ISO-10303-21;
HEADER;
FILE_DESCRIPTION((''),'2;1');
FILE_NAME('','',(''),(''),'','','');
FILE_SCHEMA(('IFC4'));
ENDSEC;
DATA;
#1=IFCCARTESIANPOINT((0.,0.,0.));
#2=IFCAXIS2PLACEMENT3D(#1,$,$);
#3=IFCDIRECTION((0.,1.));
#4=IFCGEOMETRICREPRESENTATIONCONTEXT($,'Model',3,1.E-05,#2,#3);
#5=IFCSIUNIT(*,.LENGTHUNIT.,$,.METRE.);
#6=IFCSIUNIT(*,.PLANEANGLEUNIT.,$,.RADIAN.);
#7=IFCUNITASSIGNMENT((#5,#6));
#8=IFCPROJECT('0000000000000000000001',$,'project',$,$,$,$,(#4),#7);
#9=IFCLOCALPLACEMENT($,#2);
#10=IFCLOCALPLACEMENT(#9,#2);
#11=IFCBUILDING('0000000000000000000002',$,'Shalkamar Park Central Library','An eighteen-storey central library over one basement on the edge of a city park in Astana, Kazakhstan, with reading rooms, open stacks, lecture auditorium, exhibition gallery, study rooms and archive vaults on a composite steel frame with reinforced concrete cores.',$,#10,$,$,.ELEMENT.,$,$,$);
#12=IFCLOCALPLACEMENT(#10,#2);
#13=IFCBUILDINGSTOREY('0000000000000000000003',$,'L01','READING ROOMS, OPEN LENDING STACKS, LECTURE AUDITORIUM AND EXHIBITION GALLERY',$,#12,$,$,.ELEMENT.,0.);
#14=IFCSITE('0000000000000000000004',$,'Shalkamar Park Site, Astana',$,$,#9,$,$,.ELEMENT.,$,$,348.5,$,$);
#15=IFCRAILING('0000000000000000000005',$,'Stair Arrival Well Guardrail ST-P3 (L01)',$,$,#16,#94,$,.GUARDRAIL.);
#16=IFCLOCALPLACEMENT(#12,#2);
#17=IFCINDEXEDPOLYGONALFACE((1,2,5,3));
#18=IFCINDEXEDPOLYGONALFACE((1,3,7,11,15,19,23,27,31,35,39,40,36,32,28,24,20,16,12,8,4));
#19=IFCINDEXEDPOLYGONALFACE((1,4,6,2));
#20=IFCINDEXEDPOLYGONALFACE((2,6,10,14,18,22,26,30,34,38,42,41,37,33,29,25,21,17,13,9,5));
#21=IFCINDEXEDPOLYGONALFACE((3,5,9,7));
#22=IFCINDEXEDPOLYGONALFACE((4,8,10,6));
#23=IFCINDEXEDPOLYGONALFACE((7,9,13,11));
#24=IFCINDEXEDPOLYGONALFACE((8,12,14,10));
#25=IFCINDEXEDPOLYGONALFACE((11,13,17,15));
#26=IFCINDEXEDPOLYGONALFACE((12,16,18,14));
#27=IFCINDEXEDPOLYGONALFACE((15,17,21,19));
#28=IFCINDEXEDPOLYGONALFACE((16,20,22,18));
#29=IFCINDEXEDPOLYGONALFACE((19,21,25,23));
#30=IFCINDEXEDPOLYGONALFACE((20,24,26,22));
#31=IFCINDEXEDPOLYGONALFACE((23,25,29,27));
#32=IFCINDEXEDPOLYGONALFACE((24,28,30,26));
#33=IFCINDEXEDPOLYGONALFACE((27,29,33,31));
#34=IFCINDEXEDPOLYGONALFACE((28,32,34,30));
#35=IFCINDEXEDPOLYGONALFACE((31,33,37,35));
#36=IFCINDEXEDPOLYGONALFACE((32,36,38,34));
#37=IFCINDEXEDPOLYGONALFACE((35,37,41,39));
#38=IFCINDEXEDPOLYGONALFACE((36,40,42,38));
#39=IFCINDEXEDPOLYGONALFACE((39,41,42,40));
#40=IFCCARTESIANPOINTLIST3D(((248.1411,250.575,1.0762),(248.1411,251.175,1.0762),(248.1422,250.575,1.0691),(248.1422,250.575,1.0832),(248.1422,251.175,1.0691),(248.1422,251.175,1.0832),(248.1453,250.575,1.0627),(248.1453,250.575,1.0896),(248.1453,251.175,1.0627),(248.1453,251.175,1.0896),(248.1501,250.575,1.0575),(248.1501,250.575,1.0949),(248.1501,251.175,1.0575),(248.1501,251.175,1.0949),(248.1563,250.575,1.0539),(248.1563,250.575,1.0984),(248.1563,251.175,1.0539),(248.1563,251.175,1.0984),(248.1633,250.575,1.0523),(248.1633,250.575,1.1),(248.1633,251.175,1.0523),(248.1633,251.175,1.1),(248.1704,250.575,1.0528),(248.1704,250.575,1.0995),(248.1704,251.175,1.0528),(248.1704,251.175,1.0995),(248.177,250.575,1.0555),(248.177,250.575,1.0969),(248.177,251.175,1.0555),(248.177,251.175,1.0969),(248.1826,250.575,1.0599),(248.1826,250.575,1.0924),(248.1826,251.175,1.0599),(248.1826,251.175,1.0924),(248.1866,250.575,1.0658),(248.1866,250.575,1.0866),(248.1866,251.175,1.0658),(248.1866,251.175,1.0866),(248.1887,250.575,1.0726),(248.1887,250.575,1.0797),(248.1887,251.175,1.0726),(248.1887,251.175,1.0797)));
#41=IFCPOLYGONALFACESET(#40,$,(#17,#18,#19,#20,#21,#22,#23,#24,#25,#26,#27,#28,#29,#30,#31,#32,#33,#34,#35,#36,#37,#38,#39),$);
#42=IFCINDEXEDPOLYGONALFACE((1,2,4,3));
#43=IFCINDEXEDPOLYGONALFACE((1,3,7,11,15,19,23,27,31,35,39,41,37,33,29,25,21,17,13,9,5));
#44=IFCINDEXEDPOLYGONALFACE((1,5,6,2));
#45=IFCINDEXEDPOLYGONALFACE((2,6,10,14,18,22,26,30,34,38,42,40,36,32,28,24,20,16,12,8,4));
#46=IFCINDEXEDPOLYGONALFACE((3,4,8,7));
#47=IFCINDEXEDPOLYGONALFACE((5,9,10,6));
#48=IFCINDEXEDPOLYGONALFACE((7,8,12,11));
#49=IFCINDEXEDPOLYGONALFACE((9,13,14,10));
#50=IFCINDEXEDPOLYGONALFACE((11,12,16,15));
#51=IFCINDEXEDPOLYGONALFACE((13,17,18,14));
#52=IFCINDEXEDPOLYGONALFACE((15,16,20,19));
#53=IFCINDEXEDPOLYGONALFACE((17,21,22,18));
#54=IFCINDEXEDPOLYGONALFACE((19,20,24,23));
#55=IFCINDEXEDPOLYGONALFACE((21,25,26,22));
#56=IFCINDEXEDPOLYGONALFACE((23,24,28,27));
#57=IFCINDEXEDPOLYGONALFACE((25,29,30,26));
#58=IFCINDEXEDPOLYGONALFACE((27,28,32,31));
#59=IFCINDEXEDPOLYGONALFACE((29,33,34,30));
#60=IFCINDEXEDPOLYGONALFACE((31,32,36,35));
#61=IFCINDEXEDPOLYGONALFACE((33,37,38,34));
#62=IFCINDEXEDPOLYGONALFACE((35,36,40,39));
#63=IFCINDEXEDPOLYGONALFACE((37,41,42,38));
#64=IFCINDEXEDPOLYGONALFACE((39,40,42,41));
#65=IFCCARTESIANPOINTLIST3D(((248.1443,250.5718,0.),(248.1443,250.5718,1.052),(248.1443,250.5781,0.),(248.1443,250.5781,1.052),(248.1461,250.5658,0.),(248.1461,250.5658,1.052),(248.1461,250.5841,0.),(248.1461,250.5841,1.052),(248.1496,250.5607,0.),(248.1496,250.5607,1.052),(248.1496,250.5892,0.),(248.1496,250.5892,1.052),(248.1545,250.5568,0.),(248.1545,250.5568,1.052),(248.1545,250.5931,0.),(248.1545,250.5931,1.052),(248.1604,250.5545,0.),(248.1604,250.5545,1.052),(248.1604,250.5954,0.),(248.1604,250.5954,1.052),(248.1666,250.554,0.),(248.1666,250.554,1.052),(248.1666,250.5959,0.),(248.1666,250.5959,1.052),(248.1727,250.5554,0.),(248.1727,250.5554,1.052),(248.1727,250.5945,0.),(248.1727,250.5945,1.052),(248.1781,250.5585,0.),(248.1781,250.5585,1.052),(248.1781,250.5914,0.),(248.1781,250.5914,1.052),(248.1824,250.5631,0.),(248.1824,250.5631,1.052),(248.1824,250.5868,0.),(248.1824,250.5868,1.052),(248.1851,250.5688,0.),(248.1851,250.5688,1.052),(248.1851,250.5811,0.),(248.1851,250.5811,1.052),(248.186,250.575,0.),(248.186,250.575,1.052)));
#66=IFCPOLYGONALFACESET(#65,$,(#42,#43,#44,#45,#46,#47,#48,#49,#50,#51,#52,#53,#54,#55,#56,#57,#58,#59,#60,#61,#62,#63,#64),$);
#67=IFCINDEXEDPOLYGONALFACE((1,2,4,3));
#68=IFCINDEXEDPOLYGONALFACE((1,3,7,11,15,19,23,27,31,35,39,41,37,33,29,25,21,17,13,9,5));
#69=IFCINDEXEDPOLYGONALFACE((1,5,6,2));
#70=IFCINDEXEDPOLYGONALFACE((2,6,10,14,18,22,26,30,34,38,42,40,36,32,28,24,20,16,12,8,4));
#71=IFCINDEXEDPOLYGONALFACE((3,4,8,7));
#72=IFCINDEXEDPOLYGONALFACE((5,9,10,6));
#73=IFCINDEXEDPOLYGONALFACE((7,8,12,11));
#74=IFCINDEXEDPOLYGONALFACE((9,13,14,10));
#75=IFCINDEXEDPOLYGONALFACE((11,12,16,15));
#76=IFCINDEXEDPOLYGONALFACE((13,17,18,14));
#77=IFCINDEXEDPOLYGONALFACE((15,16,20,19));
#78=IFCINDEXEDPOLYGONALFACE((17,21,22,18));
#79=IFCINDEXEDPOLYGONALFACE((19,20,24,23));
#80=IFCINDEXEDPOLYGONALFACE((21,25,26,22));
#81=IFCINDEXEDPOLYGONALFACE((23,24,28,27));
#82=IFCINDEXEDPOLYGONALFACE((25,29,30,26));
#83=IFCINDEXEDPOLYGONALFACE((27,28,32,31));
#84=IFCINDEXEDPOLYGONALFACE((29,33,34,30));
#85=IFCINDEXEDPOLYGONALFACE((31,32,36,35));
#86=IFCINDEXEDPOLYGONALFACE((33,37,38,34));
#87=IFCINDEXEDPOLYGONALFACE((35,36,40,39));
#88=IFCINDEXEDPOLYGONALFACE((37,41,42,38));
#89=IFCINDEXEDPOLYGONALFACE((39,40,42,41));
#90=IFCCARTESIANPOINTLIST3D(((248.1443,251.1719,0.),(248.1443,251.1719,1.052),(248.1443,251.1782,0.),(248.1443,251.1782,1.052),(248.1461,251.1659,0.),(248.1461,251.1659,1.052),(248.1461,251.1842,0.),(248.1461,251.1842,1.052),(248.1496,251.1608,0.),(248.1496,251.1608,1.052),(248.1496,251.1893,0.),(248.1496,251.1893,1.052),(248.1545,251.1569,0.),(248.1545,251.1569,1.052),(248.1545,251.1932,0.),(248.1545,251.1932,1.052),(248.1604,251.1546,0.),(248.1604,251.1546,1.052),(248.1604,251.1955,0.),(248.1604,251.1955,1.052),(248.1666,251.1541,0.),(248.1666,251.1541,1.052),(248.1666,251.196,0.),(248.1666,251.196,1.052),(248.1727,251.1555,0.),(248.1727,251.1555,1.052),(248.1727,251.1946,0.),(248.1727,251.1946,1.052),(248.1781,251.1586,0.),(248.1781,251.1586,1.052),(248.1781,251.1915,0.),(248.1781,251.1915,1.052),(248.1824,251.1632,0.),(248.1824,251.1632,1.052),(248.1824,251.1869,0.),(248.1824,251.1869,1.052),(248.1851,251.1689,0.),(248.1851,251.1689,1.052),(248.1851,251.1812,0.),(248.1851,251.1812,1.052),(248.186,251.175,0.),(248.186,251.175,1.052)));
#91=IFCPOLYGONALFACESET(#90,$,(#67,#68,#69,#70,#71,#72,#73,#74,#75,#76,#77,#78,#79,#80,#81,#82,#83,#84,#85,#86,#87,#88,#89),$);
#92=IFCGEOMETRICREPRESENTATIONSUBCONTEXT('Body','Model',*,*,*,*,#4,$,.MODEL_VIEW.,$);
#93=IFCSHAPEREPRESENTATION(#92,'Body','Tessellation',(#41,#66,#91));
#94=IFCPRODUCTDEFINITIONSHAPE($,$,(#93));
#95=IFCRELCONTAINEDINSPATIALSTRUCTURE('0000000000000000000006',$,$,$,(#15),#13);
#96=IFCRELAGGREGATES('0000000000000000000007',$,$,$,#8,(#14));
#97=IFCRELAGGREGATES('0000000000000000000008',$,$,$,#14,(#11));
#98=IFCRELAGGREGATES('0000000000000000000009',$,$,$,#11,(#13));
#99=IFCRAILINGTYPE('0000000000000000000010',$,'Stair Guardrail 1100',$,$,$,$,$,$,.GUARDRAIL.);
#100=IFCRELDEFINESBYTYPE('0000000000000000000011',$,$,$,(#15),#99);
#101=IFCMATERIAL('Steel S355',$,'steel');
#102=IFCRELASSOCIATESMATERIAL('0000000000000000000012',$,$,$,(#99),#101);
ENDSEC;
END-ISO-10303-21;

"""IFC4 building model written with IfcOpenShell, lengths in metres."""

from ifc_helpers import new_model, si_unit, direction, frame, origin, origin_2d, place, context, subcontext, project, spatial, circle, extrude, material, type_object, element, save


model = new_model("IFC4")

# Units and contexts
model_context = context("Model", 3, precision=1e-05, world=origin(), true_north=direction((0.0, 1.0)))
body_context = subcontext(model_context, "Body", "Model", "MODEL_VIEW")
ifc_project = project(units=[si_unit("LENGTHUNIT", "METRE"), si_unit("PLANEANGLEUNIT", "RADIAN")], contexts=[model_context])

# Site, building, storey
site_placement = place(None, origin())
site = spatial("IfcSite", under=ifc_project, at=site_placement, Name="Shalkamar Park Site, Astana", CompositionType="ELEMENT", RefElevation=348.5)
building_placement = place(site_placement, origin())
building = spatial("IfcBuilding", under=site, at=building_placement, Name="Shalkamar Park Central Library", Description="An eighteen-storey central library over one basement on the edge of a city park in Astana, Kazakhstan, with reading rooms, open stacks, lecture auditorium, exhibition gallery, study rooms and archive vaults on a composite steel frame with reinforced concrete cores.", CompositionType="ELEMENT")
storey_placement = place(building_placement, origin())
storey = spatial("IfcBuildingStorey", under=building, at=storey_placement, Name="L01", Description="READING ROOMS, OPEN LENDING STACKS, LECTURE AUDITORIUM AND EXHIBITION GALLERY", CompositionType="ELEMENT", Elevation=0.0)

# Shared definitions
ifc_material_1 = material(Name="Steel S355", Category="steel")

# Railing
railing_type_1 = type_object("IfcRailingType", Name="Stair Guardrail 1100", PredefinedType="GUARDRAIL", material=ifc_material_1)
railing_1_placement = place(storey_placement, frame((248.165, 250.575, 0.0)))
element("IfcRailing", 1, at=railing_1_placement, inside=storey, type_object=railing_type_1, Name="Stair Arrival Well Guardrail ST-P3 (L01)", PredefinedType="GUARDRAIL", context=body_context, shape_type="SweptSolid", body=[
    extrude(circle(Radius=0.0239, at=origin_2d()), frame((0.0, 0.0, 1.0762), z_axis=(0.0, 1.0, 0.0), x_axis=(-1.0, 0.0, 0.0)), (0.0, 0.0, 1.0), 0.6001),
    extrude(circle(Radius=0.021, at=origin_2d()), origin(), (0.0, 0.0, 1.0), 1.052),
    extrude(circle(Radius=0.021, at=origin_2d()), frame((0.0, 0.6001, 0.0)), (0.0, 0.0, 1.0), 1.052),
])

save(model, "model.ifc")
